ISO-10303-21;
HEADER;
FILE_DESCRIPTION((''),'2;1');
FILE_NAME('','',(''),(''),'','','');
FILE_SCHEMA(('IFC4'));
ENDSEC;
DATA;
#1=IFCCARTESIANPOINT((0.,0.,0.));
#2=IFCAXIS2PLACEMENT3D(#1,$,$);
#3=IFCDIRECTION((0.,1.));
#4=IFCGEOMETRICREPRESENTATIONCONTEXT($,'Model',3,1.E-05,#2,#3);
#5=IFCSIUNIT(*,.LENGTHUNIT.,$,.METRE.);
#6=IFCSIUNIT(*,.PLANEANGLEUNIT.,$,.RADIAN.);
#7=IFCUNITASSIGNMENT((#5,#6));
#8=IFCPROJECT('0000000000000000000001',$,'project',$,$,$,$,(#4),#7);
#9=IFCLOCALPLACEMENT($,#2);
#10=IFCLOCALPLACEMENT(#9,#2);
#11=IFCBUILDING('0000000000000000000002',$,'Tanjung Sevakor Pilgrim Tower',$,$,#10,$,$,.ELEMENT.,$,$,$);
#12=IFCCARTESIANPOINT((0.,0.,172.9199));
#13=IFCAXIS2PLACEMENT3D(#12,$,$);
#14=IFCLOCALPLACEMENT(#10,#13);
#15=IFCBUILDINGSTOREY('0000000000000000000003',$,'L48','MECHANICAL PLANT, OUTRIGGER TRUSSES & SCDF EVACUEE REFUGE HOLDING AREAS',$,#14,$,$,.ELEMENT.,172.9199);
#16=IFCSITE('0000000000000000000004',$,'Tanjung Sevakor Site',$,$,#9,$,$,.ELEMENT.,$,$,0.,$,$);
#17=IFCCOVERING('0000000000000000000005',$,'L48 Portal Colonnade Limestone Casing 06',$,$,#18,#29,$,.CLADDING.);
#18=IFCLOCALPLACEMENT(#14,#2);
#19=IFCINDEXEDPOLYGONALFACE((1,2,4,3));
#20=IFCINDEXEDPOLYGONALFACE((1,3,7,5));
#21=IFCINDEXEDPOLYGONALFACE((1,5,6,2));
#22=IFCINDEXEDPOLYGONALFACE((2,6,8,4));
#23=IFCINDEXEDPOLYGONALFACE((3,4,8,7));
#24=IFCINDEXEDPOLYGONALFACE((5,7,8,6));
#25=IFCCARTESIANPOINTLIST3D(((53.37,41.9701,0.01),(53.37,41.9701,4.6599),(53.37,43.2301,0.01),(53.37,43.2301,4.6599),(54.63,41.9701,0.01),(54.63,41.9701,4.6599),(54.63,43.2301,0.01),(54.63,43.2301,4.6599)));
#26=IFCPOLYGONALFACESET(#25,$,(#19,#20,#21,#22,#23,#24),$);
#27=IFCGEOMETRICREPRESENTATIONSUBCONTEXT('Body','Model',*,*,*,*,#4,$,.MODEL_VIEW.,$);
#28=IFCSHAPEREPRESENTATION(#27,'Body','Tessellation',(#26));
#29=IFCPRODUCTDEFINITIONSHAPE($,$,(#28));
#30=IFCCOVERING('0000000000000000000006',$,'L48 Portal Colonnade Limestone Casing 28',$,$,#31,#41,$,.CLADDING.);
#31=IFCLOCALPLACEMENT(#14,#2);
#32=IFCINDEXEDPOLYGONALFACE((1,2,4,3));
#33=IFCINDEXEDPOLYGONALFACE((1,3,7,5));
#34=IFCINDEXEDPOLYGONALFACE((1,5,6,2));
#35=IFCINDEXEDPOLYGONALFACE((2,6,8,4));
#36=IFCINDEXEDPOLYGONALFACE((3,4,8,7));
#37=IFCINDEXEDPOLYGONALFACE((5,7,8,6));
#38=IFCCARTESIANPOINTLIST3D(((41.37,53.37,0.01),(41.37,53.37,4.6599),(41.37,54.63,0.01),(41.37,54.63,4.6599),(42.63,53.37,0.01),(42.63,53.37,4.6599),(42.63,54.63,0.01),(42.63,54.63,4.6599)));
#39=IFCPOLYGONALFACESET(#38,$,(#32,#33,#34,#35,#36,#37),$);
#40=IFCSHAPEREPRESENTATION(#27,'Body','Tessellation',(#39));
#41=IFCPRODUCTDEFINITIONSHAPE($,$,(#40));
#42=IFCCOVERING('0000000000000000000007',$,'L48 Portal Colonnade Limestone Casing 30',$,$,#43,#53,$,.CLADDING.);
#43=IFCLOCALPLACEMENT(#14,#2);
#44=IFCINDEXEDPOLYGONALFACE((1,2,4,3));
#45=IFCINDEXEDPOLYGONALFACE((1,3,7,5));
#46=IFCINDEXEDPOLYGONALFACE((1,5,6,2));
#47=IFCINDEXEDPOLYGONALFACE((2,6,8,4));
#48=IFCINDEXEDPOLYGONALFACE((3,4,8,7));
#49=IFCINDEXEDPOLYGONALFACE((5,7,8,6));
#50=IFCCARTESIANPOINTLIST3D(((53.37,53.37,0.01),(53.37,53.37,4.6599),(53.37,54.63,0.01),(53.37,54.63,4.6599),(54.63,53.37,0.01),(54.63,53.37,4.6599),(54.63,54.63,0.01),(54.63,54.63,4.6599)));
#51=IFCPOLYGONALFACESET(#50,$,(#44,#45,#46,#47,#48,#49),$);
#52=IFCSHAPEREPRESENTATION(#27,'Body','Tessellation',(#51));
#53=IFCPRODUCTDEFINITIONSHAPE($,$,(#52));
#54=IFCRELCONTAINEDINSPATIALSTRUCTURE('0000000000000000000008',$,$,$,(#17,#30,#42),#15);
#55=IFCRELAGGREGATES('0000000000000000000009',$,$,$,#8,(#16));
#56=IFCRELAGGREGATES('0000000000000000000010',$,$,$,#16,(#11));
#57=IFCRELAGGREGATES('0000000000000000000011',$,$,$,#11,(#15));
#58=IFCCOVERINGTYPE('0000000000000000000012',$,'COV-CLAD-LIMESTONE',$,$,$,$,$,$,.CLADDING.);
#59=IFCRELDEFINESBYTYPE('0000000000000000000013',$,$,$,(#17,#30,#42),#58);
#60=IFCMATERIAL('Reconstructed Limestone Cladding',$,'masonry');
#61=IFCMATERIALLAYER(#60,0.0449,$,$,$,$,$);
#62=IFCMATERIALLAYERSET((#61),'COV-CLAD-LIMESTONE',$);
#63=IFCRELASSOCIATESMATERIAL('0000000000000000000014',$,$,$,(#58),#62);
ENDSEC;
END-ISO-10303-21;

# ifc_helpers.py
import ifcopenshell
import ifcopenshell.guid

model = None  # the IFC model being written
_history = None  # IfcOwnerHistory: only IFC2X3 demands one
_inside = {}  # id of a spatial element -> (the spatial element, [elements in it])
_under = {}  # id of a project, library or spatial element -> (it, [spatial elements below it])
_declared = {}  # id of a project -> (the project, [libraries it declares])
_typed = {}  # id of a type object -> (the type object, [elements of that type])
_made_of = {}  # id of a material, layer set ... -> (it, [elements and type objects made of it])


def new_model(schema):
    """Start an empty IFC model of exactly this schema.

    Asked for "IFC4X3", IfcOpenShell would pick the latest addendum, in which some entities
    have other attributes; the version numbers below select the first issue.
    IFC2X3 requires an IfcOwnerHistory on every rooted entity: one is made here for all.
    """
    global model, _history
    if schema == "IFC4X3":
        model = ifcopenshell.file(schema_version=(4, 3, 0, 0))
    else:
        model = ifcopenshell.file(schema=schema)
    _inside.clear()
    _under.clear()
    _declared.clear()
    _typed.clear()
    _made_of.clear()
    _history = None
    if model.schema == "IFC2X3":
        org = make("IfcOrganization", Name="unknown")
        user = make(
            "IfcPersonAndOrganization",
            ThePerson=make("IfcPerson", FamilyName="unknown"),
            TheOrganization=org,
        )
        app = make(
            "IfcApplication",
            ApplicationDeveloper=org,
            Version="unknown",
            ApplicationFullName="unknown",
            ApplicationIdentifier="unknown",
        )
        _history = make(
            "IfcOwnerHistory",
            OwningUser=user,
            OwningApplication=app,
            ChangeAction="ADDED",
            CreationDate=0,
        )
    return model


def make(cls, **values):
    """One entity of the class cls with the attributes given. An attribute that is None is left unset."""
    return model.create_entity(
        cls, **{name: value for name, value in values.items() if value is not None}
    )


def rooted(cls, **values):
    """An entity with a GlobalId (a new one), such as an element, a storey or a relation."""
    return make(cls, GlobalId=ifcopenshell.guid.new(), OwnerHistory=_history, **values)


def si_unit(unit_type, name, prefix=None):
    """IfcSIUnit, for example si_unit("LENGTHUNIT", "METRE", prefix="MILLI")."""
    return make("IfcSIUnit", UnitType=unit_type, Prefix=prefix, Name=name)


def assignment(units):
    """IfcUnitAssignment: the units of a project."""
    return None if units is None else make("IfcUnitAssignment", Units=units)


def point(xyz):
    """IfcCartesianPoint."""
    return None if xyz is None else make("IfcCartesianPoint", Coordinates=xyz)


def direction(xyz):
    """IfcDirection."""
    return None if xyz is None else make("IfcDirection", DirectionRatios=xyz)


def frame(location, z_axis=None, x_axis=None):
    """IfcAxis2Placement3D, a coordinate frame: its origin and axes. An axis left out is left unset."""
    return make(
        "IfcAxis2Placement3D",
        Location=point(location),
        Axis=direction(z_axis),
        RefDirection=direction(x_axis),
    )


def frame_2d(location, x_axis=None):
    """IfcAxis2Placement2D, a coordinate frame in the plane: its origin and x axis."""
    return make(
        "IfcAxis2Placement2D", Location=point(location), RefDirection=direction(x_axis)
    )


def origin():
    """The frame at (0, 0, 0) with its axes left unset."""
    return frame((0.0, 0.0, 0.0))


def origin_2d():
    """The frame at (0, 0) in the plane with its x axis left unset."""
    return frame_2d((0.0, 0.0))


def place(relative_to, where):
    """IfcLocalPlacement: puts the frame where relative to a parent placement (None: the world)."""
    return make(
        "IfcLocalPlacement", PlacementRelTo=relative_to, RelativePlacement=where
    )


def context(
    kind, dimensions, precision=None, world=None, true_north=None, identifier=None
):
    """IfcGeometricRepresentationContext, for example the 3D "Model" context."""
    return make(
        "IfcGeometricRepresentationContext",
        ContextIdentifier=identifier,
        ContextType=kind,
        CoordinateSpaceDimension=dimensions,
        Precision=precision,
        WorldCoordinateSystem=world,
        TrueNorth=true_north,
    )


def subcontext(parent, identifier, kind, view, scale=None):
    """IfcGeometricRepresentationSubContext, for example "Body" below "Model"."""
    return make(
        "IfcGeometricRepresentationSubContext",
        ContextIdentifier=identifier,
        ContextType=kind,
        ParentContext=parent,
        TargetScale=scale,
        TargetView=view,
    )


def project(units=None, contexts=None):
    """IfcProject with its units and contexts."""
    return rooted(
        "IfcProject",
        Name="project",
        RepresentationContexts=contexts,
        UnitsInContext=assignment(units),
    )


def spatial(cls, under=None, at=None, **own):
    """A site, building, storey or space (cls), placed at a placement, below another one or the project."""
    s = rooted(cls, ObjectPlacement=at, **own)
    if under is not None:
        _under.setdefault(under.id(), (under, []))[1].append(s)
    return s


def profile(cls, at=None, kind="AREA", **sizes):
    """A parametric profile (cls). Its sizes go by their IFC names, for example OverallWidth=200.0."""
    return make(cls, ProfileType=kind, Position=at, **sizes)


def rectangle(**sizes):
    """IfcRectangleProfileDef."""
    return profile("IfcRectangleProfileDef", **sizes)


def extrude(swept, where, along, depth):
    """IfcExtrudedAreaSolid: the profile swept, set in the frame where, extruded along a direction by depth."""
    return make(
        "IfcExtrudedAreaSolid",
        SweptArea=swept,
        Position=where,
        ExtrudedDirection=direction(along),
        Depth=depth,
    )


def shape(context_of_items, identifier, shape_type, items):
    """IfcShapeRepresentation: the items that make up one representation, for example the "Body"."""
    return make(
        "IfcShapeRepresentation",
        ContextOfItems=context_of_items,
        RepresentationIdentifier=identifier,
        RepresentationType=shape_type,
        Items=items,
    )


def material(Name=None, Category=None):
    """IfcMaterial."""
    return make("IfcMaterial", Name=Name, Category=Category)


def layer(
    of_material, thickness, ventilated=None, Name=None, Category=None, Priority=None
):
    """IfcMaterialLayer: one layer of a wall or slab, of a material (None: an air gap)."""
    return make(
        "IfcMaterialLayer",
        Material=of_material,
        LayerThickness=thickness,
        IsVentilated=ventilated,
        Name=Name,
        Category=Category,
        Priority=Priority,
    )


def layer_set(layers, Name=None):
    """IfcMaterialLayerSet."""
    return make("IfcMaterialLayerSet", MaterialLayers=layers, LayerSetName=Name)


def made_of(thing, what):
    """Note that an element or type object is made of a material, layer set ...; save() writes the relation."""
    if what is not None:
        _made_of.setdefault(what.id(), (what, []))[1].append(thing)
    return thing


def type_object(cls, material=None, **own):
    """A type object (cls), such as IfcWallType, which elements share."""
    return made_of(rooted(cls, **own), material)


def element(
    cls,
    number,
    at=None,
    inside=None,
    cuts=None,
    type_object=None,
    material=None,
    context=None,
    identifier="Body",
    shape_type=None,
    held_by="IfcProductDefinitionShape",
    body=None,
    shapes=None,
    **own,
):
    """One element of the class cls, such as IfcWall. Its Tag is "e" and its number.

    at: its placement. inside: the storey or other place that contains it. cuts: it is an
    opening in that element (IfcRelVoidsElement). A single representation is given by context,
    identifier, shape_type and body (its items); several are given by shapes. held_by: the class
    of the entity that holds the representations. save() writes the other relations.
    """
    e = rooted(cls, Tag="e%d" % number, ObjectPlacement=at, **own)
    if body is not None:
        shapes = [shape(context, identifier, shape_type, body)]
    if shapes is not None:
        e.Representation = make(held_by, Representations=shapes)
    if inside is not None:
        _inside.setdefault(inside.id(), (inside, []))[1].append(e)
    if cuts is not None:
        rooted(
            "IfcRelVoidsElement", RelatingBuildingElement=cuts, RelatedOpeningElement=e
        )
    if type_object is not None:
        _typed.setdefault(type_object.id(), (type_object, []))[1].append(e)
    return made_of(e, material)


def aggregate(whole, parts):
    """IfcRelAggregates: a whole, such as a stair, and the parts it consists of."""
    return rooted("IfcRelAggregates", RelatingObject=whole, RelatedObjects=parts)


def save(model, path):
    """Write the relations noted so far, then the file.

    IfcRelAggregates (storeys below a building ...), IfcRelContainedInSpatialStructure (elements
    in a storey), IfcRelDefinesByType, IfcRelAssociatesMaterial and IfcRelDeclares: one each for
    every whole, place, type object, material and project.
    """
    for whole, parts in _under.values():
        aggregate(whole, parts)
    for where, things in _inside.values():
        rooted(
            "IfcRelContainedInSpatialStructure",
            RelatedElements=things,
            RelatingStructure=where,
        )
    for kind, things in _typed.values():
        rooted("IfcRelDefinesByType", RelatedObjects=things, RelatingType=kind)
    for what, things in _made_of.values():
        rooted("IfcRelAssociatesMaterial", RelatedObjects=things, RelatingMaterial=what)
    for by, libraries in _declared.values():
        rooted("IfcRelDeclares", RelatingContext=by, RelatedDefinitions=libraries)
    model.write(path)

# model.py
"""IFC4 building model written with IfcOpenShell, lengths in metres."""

from ifc_helpers import new_model, si_unit, direction, frame, origin, origin_2d, place, context, subcontext, project, spatial, rectangle, extrude, material, layer, layer_set, type_object, element, save


model = new_model("IFC4")

# Units and contexts
model_context = context("Model", 3, precision=1e-05, world=origin(), true_north=direction((0.0, 1.0)))
body_context = subcontext(model_context, "Body", "Model", "MODEL_VIEW")
ifc_project = project(units=[si_unit("LENGTHUNIT", "METRE"), si_unit("PLANEANGLEUNIT", "RADIAN")], contexts=[model_context])

# Site, building, storey
site_placement = place(None, origin())
site = spatial("IfcSite", under=ifc_project, at=site_placement, Name="Tanjung Sevakor Site", CompositionType="ELEMENT", RefElevation=0.0)
building_placement = place(site_placement, origin())
building = spatial("IfcBuilding", under=site, at=building_placement, Name="Tanjung Sevakor Pilgrim Tower", CompositionType="ELEMENT")
storey_placement = place(building_placement, frame((0.0, 0.0, 172.9199)))
storey = spatial("IfcBuildingStorey", under=building, at=storey_placement, Name="L48", Description="MECHANICAL PLANT, OUTRIGGER TRUSSES & SCDF EVACUEE REFUGE HOLDING AREAS", CompositionType="ELEMENT", Elevation=172.9199)

# Coverings
ifc_material_1 = material(Name="Reconstructed Limestone Cladding", Category="masonry")
ifc_layer_1 = layer(ifc_material_1, 0.0449)
ifc_layer_set_1 = layer_set([ifc_layer_1], Name="COV-CLAD-LIMESTONE")
covering_type = type_object("IfcCoveringType", Name="COV-CLAD-LIMESTONE", PredefinedType="CLADDING", material=ifc_layer_set_1)
for number, where, z_axis, x_axis, name in (
    (1, (54.0, 42.6001, 0.01), (0.0, 0.0, 1.0), (1.0, 0.0, 0.0), "L48 Portal Colonnade Limestone Casing 06"),
    (2, (42.0, 54.0, 0.01), (0.0, 0.0, 1.0), (1.0, 0.0, 0.0), "L48 Portal Colonnade Limestone Casing 28"),
    (3, (54.0, 54.0, 0.01), (0.0, 0.0, 1.0), (1.0, 0.0, 0.0), "L48 Portal Colonnade Limestone Casing 30"),
):
    element("IfcCovering", number, at=place(storey_placement, frame(where, z_axis=z_axis, x_axis=x_axis)), inside=storey, type_object=covering_type, Name=name, PredefinedType="CLADDING", context=body_context, shape_type="SweptSolid", body=[
        extrude(rectangle(XDim=1.26, YDim=1.26, at=origin_2d()), origin(), (0.0, 0.0, 1.0), 4.6499),
    ])

save(model, "model.ifc")
